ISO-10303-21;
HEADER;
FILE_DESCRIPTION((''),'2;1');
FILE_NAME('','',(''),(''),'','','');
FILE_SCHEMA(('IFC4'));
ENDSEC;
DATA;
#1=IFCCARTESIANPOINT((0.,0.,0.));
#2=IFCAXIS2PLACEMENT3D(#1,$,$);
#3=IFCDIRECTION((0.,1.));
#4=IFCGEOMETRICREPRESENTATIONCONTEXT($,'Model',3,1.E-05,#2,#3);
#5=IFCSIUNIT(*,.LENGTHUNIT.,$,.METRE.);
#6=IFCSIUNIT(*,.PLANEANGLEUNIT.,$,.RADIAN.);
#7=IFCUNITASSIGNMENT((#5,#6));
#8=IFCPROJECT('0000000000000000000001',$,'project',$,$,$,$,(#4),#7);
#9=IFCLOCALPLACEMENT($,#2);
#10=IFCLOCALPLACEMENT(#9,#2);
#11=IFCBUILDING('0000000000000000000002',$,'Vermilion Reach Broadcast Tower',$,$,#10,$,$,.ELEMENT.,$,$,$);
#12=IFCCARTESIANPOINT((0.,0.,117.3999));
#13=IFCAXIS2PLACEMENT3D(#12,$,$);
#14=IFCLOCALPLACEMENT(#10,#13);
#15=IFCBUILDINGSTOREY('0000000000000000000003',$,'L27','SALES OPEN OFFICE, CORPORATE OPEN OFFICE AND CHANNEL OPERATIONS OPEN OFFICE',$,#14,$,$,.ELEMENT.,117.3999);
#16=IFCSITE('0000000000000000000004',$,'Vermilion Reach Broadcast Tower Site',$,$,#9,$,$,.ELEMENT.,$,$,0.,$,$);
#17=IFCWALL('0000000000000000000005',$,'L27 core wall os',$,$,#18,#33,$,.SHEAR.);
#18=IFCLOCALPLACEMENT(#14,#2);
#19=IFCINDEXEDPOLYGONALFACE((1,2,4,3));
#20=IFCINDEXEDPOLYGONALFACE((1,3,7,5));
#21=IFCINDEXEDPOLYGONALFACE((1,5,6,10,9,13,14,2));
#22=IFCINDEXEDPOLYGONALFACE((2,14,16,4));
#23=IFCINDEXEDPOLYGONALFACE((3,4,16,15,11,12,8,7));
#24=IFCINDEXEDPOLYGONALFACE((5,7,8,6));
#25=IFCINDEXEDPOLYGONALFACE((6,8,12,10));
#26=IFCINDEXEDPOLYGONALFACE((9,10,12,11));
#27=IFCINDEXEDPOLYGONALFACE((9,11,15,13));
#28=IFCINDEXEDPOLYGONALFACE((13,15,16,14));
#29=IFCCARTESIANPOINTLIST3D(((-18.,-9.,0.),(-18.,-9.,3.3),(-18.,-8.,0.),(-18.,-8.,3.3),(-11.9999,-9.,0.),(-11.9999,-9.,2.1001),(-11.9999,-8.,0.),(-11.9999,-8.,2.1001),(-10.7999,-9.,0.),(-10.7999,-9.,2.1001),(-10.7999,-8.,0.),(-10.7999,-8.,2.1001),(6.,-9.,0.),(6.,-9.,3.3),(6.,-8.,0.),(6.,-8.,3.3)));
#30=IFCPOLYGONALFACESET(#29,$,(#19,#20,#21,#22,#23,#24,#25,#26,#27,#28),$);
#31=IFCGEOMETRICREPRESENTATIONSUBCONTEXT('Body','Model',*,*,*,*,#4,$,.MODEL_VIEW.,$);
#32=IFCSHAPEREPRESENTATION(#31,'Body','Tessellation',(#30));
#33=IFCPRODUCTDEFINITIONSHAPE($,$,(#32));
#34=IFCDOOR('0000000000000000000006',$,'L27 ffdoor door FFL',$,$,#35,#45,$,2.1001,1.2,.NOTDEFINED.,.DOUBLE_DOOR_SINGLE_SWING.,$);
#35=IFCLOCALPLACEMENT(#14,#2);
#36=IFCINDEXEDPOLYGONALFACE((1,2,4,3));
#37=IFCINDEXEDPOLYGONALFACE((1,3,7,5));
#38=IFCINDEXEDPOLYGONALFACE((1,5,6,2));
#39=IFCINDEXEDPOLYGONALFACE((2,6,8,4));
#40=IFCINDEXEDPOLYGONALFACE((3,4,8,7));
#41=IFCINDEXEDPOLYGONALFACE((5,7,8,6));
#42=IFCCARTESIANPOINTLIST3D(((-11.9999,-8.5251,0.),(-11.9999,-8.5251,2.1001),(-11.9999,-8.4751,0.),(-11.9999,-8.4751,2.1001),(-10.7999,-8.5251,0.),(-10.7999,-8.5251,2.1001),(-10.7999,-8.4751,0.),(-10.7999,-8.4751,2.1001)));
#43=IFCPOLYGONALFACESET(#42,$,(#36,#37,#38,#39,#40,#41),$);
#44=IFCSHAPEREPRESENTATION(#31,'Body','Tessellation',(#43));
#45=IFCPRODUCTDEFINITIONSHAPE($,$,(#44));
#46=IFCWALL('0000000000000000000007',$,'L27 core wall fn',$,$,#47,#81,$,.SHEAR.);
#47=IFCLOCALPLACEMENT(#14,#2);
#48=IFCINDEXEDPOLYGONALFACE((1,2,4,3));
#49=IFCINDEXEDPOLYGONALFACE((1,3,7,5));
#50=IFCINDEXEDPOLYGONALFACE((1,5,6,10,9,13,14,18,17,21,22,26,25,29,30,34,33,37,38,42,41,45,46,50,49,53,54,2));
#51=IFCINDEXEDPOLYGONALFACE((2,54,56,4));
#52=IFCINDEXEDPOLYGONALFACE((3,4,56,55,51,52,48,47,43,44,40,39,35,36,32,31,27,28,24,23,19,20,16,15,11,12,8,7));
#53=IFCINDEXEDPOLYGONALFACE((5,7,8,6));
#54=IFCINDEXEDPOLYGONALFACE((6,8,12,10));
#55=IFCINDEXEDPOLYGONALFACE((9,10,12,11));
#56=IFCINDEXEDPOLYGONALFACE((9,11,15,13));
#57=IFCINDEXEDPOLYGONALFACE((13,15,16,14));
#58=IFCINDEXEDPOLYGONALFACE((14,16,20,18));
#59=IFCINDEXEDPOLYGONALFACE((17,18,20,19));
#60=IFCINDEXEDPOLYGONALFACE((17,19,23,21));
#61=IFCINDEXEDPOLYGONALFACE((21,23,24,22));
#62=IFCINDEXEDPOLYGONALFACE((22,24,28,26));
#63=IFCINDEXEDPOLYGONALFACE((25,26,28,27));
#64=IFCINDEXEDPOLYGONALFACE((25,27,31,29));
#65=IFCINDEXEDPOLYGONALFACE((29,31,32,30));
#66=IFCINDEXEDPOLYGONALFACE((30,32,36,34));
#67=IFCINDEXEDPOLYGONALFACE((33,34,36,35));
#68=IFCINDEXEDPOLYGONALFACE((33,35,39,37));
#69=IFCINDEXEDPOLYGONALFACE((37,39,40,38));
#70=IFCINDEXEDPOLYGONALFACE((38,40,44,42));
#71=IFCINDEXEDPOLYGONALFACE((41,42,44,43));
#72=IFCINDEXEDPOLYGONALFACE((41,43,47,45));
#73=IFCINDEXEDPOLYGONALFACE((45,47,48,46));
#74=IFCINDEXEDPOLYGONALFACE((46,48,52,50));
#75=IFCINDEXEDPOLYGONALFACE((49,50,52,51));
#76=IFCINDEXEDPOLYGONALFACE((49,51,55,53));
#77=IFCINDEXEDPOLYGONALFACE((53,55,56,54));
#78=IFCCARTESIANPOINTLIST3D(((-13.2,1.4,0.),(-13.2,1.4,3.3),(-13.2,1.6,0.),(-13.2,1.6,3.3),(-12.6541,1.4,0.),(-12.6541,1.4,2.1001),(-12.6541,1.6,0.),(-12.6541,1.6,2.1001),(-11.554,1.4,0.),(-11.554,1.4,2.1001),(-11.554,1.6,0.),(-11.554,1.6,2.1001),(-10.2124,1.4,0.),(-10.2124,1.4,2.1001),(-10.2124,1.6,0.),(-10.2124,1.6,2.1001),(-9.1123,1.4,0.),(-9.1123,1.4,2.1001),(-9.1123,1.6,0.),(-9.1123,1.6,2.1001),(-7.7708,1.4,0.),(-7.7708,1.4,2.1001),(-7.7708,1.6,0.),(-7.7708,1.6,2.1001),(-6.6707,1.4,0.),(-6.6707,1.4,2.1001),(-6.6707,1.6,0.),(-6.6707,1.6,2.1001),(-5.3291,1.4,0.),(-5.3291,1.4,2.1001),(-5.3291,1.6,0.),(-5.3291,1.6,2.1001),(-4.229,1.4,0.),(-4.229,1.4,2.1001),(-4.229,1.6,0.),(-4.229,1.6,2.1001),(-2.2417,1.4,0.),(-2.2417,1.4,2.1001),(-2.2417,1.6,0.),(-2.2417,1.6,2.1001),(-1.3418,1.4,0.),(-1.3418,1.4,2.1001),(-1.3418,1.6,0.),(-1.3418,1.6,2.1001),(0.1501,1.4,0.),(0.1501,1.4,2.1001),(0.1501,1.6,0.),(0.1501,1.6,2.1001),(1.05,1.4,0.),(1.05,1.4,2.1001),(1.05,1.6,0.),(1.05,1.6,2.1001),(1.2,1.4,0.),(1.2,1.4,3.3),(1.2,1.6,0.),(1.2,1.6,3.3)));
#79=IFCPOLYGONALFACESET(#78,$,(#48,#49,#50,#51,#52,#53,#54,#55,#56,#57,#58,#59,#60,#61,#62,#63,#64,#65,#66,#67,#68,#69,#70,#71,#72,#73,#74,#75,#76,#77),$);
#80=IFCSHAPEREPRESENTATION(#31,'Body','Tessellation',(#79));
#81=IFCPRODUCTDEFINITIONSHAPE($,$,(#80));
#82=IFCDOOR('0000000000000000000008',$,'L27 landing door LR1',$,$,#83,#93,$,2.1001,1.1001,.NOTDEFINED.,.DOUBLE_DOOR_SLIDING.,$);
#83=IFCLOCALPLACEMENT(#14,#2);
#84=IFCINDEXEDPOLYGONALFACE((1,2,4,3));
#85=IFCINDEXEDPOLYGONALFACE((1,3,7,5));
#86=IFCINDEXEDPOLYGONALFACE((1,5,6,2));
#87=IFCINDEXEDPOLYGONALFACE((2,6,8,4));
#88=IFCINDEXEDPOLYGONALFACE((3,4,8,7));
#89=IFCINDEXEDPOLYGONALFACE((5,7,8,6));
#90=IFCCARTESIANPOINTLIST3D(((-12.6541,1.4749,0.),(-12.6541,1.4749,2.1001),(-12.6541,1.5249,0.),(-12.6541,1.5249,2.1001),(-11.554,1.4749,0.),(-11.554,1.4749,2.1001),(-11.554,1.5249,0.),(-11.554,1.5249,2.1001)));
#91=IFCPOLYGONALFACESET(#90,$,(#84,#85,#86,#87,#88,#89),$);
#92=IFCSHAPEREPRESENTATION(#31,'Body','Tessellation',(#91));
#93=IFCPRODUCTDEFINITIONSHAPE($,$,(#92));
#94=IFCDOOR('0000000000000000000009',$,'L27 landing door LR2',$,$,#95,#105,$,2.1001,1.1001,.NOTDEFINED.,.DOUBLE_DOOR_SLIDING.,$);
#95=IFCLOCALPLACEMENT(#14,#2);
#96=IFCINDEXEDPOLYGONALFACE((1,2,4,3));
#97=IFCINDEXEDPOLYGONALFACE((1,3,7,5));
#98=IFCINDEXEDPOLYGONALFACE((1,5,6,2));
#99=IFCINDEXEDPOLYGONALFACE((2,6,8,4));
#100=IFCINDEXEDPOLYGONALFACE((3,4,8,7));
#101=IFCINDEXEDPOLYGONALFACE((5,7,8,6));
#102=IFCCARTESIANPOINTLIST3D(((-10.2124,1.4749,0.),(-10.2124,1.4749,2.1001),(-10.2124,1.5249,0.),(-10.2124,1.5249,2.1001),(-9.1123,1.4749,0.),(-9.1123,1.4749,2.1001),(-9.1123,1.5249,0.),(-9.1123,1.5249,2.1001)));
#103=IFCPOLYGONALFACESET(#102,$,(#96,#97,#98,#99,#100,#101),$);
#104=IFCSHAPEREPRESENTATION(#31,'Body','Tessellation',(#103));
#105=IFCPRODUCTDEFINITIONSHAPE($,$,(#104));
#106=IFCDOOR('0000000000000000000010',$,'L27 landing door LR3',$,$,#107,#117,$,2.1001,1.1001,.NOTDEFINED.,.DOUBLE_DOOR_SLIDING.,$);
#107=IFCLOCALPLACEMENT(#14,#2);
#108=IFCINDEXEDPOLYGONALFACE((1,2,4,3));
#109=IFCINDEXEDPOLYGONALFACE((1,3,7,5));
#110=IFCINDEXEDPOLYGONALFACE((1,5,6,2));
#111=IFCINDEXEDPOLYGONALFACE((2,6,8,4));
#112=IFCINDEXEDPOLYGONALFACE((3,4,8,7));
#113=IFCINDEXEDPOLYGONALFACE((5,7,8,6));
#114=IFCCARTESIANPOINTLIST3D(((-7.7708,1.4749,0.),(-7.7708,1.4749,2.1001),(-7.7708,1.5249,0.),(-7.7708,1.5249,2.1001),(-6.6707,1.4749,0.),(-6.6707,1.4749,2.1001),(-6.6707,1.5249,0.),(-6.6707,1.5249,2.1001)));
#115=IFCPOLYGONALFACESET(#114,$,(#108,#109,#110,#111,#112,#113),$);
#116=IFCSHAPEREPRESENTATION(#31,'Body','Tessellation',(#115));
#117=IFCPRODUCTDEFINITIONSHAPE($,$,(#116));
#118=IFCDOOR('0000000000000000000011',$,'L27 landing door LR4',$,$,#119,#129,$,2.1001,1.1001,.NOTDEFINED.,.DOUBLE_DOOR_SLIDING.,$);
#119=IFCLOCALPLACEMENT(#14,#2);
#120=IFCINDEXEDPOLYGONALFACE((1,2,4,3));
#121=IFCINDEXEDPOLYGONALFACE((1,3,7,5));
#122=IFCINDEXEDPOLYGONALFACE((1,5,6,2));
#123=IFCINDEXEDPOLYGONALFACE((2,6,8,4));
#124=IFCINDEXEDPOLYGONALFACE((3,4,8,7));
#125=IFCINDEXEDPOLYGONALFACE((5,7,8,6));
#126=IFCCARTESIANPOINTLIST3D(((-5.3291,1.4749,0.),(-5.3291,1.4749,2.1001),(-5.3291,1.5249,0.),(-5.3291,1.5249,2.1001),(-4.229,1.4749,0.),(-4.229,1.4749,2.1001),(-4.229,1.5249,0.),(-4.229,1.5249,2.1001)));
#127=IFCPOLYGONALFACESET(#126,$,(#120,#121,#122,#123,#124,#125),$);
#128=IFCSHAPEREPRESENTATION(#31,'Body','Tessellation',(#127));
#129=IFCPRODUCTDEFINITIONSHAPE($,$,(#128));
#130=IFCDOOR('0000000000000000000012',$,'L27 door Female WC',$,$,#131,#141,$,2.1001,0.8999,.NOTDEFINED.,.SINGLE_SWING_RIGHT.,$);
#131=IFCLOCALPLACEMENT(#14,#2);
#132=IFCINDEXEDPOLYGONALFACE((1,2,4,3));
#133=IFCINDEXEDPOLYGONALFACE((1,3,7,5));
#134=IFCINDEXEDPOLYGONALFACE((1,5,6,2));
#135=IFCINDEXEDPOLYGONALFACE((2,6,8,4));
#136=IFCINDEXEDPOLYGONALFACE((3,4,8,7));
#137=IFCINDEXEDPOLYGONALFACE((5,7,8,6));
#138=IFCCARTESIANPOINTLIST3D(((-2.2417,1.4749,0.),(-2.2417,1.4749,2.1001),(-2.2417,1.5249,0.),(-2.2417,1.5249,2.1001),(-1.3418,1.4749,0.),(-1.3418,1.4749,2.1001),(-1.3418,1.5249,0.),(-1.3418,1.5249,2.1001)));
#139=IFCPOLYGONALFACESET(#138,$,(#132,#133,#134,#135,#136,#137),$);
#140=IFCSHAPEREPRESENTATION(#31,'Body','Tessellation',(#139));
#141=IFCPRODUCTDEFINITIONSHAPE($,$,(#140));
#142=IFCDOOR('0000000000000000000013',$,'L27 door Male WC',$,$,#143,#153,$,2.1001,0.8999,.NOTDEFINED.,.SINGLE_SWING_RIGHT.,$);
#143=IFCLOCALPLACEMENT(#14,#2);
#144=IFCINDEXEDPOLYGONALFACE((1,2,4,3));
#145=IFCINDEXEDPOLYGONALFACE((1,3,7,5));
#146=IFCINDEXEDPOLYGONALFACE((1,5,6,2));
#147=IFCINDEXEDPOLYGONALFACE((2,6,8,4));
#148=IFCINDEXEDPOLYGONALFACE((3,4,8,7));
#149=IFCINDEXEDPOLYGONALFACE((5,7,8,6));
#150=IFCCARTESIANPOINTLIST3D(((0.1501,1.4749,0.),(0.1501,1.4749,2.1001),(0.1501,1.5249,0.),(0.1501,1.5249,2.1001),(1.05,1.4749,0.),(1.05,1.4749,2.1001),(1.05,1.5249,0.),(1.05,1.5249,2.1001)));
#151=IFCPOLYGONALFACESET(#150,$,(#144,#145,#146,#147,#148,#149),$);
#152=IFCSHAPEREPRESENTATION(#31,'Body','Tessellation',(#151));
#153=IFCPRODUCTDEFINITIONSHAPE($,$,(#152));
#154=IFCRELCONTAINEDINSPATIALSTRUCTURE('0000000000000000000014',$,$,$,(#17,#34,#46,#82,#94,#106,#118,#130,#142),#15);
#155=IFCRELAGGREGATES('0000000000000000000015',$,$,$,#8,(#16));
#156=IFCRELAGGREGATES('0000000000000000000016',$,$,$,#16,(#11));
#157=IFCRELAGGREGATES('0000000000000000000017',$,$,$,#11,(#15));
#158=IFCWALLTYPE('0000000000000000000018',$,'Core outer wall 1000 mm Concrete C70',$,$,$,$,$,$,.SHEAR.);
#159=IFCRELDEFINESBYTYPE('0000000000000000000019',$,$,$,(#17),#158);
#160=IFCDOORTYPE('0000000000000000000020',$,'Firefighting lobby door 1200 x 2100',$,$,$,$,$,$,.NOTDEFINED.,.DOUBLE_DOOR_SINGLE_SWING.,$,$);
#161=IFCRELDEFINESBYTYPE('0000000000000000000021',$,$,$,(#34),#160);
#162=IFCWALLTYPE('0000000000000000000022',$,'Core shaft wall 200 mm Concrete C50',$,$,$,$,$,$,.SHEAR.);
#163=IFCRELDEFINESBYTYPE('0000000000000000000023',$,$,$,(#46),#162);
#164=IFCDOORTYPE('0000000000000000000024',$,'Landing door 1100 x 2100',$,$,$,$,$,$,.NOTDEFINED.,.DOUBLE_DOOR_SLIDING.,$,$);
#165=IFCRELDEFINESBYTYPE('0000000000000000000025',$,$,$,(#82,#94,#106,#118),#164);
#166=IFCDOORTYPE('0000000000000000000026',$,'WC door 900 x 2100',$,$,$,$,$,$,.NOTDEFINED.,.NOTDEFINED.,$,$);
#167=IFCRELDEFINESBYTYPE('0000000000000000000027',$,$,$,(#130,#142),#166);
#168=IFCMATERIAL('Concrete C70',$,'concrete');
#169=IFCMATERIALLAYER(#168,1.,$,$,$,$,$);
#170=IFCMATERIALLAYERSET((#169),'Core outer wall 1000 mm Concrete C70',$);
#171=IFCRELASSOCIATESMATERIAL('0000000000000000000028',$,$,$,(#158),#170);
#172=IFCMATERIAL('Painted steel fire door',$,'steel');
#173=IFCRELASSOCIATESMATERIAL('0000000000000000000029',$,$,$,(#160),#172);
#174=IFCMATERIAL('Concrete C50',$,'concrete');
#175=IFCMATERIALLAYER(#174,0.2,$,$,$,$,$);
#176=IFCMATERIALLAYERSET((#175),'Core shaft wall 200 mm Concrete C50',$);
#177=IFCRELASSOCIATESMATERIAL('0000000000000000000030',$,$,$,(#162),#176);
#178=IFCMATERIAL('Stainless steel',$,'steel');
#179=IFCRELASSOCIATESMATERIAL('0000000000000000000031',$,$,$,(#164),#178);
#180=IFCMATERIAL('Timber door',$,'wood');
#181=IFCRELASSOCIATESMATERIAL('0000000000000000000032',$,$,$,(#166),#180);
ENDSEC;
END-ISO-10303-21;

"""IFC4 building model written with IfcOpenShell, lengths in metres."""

from ifc_helpers import new_model, si_unit, direction, frame, frame_2d, origin, place, context, subcontext, project, spatial, rectangle, extrude, material, layer, layer_set, type_object, element, fill, save


model = new_model("IFC4")

# Units and contexts
model_context = context("Model", 3, precision=1e-05, world=origin(), true_north=direction((0.0, 1.0)))
body_context = subcontext(model_context, "Body", "Model", "MODEL_VIEW")
ifc_project = project(units=[si_unit("LENGTHUNIT", "METRE"), si_unit("PLANEANGLEUNIT", "RADIAN")], contexts=[model_context])

# Site, building, storey
site_placement = place(None, origin())
site = spatial("IfcSite", under=ifc_project, at=site_placement, Name="Vermilion Reach Broadcast Tower Site", CompositionType="ELEMENT", RefElevation=0.0)
building_placement = place(site_placement, origin())
building = spatial("IfcBuilding", under=site, at=building_placement, Name="Vermilion Reach Broadcast Tower", CompositionType="ELEMENT")
storey_placement = place(building_placement, frame((0.0, 0.0, 117.3999)))
storey = spatial("IfcBuildingStorey", under=building, at=storey_placement, Name="L27", Description="SALES OPEN OFFICE, CORPORATE OPEN OFFICE AND CHANNEL OPERATIONS OPEN OFFICE", CompositionType="ELEMENT", Elevation=117.3999)

# Wall, opening, door
ifc_material_1 = material(Name="Concrete C70", Category="concrete")
ifc_layer_1 = layer(ifc_material_1, 1.0)
ifc_layer_set_1 = layer_set([ifc_layer_1], Name="Core outer wall 1000 mm Concrete C70")
wall_type_1 = type_object("IfcWallType", Name="Core outer wall 1000 mm Concrete C70", PredefinedType="SHEAR", material=ifc_layer_set_1)
wall_1_placement = place(storey_placement, frame((-18.0, -8.5, 0.0), z_axis=(0.0, 0.0, 1.0), x_axis=(1.0, 0.0, 0.0)))
wall_1 = element("IfcWall", 1, at=wall_1_placement, inside=storey, type_object=wall_type_1, Name="L27 core wall os", PredefinedType="SHEAR", context=body_context, shape_type="SweptSolid", body=[
    extrude(rectangle(XDim=24.0, YDim=1.0, at=frame_2d((12.0, 0.0))), origin(), (0.0, 0.0, 1.0), 3.3),
])
opening_1_placement = place(wall_1_placement, frame((6.0, 0.0, 0.0)))
opening_1 = element("IfcOpeningElement", 2, at=opening_1_placement, cuts=wall_1, PredefinedType="OPENING", context=body_context, shape_type="SweptSolid", body=[
    extrude(rectangle(XDim=1.2, YDim=2.1001, at=frame_2d((0.6001, 1.05))), frame((0.0, 0.51, 0.0), z_axis=(0.0, -1.0, 0.0), x_axis=(1.0, 0.0, 0.0)), (0.0, 0.0, 1.0), 1.02),
])
ifc_material_2 = material(Name="Painted steel fire door", Category="steel")
door_type_1 = type_object("IfcDoorType", Name="Firefighting lobby door 1200 x 2100", OperationType="DOUBLE_DOOR_SINGLE_SWING", PredefinedType="NOTDEFINED", material=ifc_material_2)
door_1_placement = place(opening_1_placement, origin())
door_1 = element("IfcDoor", 3, at=door_1_placement, inside=storey, type_object=door_type_1, Name="L27 ffdoor door FFL", OperationType="DOUBLE_DOOR_SINGLE_SWING", OverallHeight=2.1001, OverallWidth=1.2, PredefinedType="NOTDEFINED", context=body_context, shape_type="SweptSolid", body=[
    extrude(rectangle(XDim=1.2, YDim=2.1001, at=frame_2d((0.6001, 1.05))), frame((0.0, 0.0249, 0.0), z_axis=(0.0, -1.0, 0.0), x_axis=(1.0, 0.0, 0.0)), (0.0, 0.0, 1.0), 0.05),
])
fill(opening_1, door_1)

# Wall, openings, doors
ifc_material_3 = material(Name="Concrete C50", Category="concrete")
ifc_layer_2 = layer(ifc_material_3, 0.2)
ifc_layer_set_2 = layer_set([ifc_layer_2], Name="Core shaft wall 200 mm Concrete C50")
wall_type_2 = type_object("IfcWallType", Name="Core shaft wall 200 mm Concrete C50", PredefinedType="SHEAR", material=ifc_layer_set_2)
wall_2_placement = place(storey_placement, frame((-13.2, 1.5, 0.0), z_axis=(0.0, 0.0, 1.0), x_axis=(1.0, 0.0, 0.0)))
wall_2 = element("IfcWall", 4, at=wall_2_placement, inside=storey, type_object=wall_type_2, Name="L27 core wall fn", PredefinedType="SHEAR", context=body_context, shape_type="SweptSolid", body=[
    extrude(rectangle(XDim=14.3999, YDim=0.2, at=frame_2d((7.2, 0.0))), origin(), (0.0, 0.0, 1.0), 3.3),
])
opening_2_placement = place(wall_2_placement, frame((0.5459, 0.0, 0.0)))
opening_2 = element("IfcOpeningElement", 5, at=opening_2_placement, cuts=wall_2, PredefinedType="OPENING", context=body_context, shape_type="SweptSolid", body=[
    extrude(rectangle(XDim=1.1001, YDim=2.1001, at=frame_2d((0.55, 1.05))), frame((0.0, 0.1099, 0.0), z_axis=(0.0, -1.0, 0.0), x_axis=(1.0, 0.0, 0.0)), (0.0, 0.0, 1.0), 0.22),
])
opening_3_placement = place(wall_2_placement, frame((2.9875, 0.0, 0.0)))
opening_3 = element("IfcOpeningElement", 6, at=opening_3_placement, cuts=wall_2, PredefinedType="OPENING", context=body_context, shape_type="SweptSolid", body=[
    extrude(rectangle(XDim=1.1001, YDim=2.1001, at=frame_2d((0.55, 1.05))), frame((0.0, 0.1099, 0.0), z_axis=(0.0, -1.0, 0.0), x_axis=(1.0, 0.0, 0.0)), (0.0, 0.0, 1.0), 0.22),
])
opening_4_placement = place(wall_2_placement, frame((5.4292, 0.0, 0.0)))
opening_4 = element("IfcOpeningElement", 7, at=opening_4_placement, cuts=wall_2, PredefinedType="OPENING", context=body_context, shape_type="SweptSolid", body=[
    extrude(rectangle(XDim=1.1001, YDim=2.1001, at=frame_2d((0.55, 1.05))), frame((0.0, 0.1099, 0.0), z_axis=(0.0, -1.0, 0.0), x_axis=(1.0, 0.0, 0.0)), (0.0, 0.0, 1.0), 0.22),
])
opening_5_placement = place(wall_2_placement, frame((7.8708, 0.0, 0.0)))
opening_5 = element("IfcOpeningElement", 8, at=opening_5_placement, cuts=wall_2, PredefinedType="OPENING", context=body_context, shape_type="SweptSolid", body=[
    extrude(rectangle(XDim=1.1001, YDim=2.1001, at=frame_2d((0.55, 1.05))), frame((0.0, 0.1099, 0.0), z_axis=(0.0, -1.0, 0.0), x_axis=(1.0, 0.0, 0.0)), (0.0, 0.0, 1.0), 0.22),
])
opening_6_placement = place(wall_2_placement, frame((10.9583, 0.0, 0.0)))
opening_6 = element("IfcOpeningElement", 9, at=opening_6_placement, cuts=wall_2, PredefinedType="OPENING", context=body_context, shape_type="SweptSolid", body=[
    extrude(rectangle(XDim=0.8999, YDim=2.1001, at=frame_2d((0.45, 1.05))), frame((0.0, 0.1099, 0.0), z_axis=(0.0, -1.0, 0.0), x_axis=(1.0, 0.0, 0.0)), (0.0, 0.0, 1.0), 0.22),
])
opening_7_placement = place(wall_2_placement, frame((13.3501, 0.0, 0.0)))
opening_7 = element("IfcOpeningElement", 10, at=opening_7_placement, cuts=wall_2, PredefinedType="OPENING", context=body_context, shape_type="SweptSolid", body=[
    extrude(rectangle(XDim=0.8999, YDim=2.1001, at=frame_2d((0.45, 1.05))), frame((0.0, 0.1099, 0.0), z_axis=(0.0, -1.0, 0.0), x_axis=(1.0, 0.0, 0.0)), (0.0, 0.0, 1.0), 0.22),
])
ifc_material_4 = material(Name="Stainless steel", Category="steel")
door_type_2 = type_object("IfcDoorType", Name="Landing door 1100 x 2100", OperationType="DOUBLE_DOOR_SLIDING", PredefinedType="NOTDEFINED", material=ifc_material_4)
door_2_placement = place(opening_2_placement, origin())
door_2 = element("IfcDoor", 11, at=door_2_placement, inside=storey, type_object=door_type_2, Name="L27 landing door LR1", OperationType="DOUBLE_DOOR_SLIDING", OverallHeight=2.1001, OverallWidth=1.1001, PredefinedType="NOTDEFINED", context=body_context, shape_type="SweptSolid", body=[
    extrude(rectangle(XDim=1.1001, YDim=2.1001, at=frame_2d((0.55, 1.05))), frame((0.0, 0.0249, 0.0), z_axis=(0.0, -1.0, 0.0), x_axis=(1.0, 0.0, 0.0)), (0.0, 0.0, 1.0), 0.05),
])
fill(opening_2, door_2)
door_3_placement = place(opening_3_placement, origin())
door_3 = element("IfcDoor", 12, at=door_3_placement, inside=storey, type_object=door_type_2, Name="L27 landing door LR2", OperationType="DOUBLE_DOOR_SLIDING", OverallHeight=2.1001, OverallWidth=1.1001, PredefinedType="NOTDEFINED", context=body_context, shape_type="SweptSolid", body=[
    extrude(rectangle(XDim=1.1001, YDim=2.1001, at=frame_2d((0.55, 1.05))), frame((0.0, 0.0249, 0.0), z_axis=(0.0, -1.0, 0.0), x_axis=(1.0, 0.0, 0.0)), (0.0, 0.0, 1.0), 0.05),
])
fill(opening_3, door_3)
door_4_placement = place(opening_4_placement, origin())
door_4 = element("IfcDoor", 13, at=door_4_placement, inside=storey, type_object=door_type_2, Name="L27 landing door LR3", OperationType="DOUBLE_DOOR_SLIDING", OverallHeight=2.1001, OverallWidth=1.1001, PredefinedType="NOTDEFINED", context=body_context, shape_type="SweptSolid", body=[
    extrude(rectangle(XDim=1.1001, YDim=2.1001, at=frame_2d((0.55, 1.05))), frame((0.0, 0.0249, 0.0), z_axis=(0.0, -1.0, 0.0), x_axis=(1.0, 0.0, 0.0)), (0.0, 0.0, 1.0), 0.05),
])
fill(opening_4, door_4)
door_5_placement = place(opening_5_placement, origin())
door_5 = element("IfcDoor", 14, at=door_5_placement, inside=storey, type_object=door_type_2, Name="L27 landing door LR4", OperationType="DOUBLE_DOOR_SLIDING", OverallHeight=2.1001, OverallWidth=1.1001, PredefinedType="NOTDEFINED", context=body_context, shape_type="SweptSolid", body=[
    extrude(rectangle(XDim=1.1001, YDim=2.1001, at=frame_2d((0.55, 1.05))), frame((0.0, 0.0249, 0.0), z_axis=(0.0, -1.0, 0.0), x_axis=(1.0, 0.0, 0.0)), (0.0, 0.0, 1.0), 0.05),
])
fill(opening_5, door_5)
ifc_material_5 = material(Name="Timber door", Category="wood")
door_type_3 = type_object("IfcDoorType", Name="WC door 900 x 2100", OperationType="NOTDEFINED", PredefinedType="NOTDEFINED", material=ifc_material_5)
door_6_placement = place(opening_6_placement, origin())
door_6 = element("IfcDoor", 15, at=door_6_placement, inside=storey, type_object=door_type_3, Name="L27 door Female WC", OperationType="SINGLE_SWING_RIGHT", OverallHeight=2.1001, OverallWidth=0.8999, PredefinedType="NOTDEFINED", context=body_context, shape_type="SweptSolid", body=[
    extrude(rectangle(XDim=0.8999, YDim=2.1001, at=frame_2d((0.45, 1.05))), frame((0.0, 0.0249, 0.0), z_axis=(0.0, -1.0, 0.0), x_axis=(1.0, 0.0, 0.0)), (0.0, 0.0, 1.0), 0.05),
])
fill(opening_6, door_6)
door_7_placement = place(opening_7_placement, origin())
door_7 = element("IfcDoor", 16, at=door_7_placement, inside=storey, type_object=door_type_3, Name="L27 door Male WC", OperationType="SINGLE_SWING_RIGHT", OverallHeight=2.1001, OverallWidth=0.8999, PredefinedType="NOTDEFINED", context=body_context, shape_type="SweptSolid", body=[
    extrude(rectangle(XDim=0.8999, YDim=2.1001, at=frame_2d((0.45, 1.05))), frame((0.0, 0.0249, 0.0), z_axis=(0.0, -1.0, 0.0), x_axis=(1.0, 0.0, 0.0)), (0.0, 0.0, 1.0), 0.05),
])
fill(opening_7, door_7)

save(model, "model.ifc")
